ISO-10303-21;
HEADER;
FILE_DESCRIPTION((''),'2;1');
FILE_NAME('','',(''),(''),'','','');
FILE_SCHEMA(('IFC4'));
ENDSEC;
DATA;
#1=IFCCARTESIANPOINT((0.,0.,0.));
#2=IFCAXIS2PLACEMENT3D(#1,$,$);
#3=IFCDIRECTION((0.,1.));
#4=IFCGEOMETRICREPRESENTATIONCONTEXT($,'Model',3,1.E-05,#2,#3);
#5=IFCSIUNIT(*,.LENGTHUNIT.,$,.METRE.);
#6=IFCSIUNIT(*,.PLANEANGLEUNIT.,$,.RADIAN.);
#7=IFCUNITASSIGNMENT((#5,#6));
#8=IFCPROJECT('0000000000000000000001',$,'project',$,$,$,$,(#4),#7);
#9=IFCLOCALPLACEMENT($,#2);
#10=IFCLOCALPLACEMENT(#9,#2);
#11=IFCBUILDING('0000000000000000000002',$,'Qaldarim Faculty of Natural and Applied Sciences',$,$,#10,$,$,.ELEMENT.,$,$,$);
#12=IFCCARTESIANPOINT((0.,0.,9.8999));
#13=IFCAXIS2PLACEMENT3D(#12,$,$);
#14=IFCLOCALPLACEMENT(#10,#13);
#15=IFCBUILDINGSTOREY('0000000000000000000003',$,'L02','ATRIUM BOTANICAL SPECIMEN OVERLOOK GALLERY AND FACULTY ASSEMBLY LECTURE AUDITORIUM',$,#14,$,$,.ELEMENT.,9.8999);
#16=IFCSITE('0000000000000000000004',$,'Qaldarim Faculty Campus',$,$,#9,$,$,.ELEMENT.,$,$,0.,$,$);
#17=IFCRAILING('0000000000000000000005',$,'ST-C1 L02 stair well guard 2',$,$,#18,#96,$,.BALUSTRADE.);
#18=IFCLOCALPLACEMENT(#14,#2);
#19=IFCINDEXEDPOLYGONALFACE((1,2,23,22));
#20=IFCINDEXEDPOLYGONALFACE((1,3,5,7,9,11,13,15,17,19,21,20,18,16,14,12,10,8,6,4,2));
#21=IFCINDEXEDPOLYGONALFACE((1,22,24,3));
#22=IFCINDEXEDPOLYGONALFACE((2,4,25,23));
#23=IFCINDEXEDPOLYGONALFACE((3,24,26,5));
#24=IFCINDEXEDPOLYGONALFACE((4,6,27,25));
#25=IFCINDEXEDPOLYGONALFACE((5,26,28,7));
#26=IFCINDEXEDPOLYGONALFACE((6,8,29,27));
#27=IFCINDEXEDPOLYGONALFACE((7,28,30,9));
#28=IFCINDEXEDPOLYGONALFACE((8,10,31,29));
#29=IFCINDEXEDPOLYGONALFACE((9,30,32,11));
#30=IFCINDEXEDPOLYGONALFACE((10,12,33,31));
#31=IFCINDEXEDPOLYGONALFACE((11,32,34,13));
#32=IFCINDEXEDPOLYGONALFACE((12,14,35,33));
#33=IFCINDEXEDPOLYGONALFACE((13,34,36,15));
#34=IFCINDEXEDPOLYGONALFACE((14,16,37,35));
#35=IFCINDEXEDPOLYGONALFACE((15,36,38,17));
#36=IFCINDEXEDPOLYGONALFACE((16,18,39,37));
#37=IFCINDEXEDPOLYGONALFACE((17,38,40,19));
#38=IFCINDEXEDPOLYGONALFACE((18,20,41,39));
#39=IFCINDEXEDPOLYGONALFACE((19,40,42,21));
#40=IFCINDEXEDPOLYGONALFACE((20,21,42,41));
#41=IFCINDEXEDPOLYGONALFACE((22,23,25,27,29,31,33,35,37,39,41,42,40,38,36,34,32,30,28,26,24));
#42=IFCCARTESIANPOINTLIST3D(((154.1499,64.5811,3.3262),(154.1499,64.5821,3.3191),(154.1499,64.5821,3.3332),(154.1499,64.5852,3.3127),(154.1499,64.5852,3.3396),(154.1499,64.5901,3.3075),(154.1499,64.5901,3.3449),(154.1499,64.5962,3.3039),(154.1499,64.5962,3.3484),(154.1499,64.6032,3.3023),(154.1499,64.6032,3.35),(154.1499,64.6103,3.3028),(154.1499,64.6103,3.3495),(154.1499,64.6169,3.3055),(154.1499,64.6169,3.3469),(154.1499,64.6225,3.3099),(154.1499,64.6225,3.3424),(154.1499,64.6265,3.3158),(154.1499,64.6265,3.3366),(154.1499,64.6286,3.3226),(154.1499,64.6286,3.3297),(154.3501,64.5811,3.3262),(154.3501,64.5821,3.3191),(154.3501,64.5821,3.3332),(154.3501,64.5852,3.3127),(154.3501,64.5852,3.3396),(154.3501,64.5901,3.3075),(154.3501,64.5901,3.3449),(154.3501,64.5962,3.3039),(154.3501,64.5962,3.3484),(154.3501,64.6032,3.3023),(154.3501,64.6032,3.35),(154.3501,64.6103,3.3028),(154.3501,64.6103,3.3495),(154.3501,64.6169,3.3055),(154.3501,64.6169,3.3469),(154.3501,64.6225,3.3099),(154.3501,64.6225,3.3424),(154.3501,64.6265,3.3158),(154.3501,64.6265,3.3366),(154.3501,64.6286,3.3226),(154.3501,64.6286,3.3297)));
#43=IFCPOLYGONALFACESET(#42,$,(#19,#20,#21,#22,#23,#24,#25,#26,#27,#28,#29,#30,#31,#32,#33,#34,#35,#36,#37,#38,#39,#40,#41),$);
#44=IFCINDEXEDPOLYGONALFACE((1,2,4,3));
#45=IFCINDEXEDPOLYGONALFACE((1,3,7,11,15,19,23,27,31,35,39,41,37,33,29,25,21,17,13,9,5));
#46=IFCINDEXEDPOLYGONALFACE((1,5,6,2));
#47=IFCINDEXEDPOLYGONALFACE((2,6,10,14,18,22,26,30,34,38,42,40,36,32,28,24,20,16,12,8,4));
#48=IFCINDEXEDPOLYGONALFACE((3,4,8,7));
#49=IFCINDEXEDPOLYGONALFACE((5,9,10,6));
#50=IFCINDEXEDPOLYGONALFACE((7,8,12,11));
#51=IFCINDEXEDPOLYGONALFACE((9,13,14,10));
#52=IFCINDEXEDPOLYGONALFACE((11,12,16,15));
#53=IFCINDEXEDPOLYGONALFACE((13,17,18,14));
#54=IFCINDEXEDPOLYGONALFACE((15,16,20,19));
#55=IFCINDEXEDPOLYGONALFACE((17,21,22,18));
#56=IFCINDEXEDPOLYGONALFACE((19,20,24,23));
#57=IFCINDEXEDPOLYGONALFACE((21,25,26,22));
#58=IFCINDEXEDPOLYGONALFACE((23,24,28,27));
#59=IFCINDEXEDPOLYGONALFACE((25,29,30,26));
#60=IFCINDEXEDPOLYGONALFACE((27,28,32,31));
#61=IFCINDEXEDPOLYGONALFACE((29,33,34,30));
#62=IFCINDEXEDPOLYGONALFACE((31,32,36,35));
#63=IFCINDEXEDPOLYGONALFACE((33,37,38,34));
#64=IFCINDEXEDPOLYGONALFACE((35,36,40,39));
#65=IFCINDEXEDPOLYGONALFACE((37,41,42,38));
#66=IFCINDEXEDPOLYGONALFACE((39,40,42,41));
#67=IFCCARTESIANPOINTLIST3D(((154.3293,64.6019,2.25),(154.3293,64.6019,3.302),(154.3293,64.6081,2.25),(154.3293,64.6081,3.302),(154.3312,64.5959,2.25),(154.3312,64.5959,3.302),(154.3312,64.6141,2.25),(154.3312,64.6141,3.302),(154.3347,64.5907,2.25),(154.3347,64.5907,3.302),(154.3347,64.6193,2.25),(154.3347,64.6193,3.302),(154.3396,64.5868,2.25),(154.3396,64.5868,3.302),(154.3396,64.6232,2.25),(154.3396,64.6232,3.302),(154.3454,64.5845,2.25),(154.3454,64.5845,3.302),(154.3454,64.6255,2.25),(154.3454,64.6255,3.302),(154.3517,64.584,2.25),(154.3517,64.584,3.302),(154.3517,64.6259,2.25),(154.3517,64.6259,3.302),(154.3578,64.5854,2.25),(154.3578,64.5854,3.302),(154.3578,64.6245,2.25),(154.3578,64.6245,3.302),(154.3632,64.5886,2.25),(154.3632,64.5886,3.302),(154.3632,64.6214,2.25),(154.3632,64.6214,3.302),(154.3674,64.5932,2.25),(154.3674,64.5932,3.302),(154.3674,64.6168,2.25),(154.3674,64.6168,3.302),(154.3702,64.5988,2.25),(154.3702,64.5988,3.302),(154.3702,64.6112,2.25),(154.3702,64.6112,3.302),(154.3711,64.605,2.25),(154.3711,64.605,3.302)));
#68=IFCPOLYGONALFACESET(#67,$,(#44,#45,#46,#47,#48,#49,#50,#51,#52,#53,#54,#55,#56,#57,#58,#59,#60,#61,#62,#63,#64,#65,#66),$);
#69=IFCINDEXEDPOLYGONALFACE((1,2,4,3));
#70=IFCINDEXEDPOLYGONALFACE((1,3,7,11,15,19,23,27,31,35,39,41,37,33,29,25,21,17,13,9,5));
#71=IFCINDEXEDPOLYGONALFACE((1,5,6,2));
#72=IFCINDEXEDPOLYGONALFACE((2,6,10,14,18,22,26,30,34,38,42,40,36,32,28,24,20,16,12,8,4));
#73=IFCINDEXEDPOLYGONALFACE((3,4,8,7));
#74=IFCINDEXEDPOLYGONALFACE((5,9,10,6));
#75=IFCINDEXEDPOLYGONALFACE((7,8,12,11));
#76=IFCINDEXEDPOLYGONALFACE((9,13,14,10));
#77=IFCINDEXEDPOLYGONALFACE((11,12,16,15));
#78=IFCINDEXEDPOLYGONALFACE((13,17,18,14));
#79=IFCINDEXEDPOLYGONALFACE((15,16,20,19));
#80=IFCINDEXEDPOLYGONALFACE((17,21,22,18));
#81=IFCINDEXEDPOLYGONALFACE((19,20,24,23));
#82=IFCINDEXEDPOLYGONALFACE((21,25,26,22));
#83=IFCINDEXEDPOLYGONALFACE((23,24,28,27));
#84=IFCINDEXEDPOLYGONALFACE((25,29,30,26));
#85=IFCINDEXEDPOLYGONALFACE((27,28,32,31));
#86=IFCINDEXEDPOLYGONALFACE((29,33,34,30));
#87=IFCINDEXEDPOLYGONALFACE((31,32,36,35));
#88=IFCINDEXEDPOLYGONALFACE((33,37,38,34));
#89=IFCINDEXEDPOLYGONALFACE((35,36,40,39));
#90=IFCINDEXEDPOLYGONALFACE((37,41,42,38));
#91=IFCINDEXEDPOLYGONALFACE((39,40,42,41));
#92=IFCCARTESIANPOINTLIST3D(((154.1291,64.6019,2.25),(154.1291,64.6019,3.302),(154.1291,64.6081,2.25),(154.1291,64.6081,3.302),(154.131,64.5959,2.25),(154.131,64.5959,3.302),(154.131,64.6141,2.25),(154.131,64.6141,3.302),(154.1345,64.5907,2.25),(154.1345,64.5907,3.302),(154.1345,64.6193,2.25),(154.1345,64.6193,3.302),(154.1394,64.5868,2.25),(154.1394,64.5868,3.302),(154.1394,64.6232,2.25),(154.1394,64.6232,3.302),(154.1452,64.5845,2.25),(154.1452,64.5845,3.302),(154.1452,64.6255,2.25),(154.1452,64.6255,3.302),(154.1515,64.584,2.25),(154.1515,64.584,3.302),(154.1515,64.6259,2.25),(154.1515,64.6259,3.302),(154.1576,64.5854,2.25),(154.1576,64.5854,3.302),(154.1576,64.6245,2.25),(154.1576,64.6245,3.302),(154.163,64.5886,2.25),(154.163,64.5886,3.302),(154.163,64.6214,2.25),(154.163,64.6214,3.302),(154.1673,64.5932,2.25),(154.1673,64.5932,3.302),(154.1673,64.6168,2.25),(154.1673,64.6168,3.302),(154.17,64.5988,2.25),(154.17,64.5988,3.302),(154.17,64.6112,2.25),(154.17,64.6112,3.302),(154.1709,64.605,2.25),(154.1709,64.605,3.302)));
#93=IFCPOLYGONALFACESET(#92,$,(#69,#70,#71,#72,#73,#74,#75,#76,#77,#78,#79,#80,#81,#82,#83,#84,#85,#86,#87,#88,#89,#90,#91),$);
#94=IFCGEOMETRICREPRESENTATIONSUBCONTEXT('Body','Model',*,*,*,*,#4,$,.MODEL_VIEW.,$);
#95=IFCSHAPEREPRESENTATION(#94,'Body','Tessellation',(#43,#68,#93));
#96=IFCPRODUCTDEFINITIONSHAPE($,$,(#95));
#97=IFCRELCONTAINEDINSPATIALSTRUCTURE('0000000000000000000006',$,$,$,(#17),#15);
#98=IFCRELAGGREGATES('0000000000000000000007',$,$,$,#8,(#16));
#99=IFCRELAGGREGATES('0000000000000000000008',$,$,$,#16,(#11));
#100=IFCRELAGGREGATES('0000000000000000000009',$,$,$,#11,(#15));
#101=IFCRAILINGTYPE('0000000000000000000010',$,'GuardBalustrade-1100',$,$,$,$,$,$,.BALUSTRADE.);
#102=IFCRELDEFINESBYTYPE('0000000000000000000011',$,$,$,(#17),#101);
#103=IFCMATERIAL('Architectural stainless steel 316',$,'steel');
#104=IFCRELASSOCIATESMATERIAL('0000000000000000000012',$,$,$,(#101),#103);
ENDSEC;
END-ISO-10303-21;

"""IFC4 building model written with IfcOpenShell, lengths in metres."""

from ifc_helpers import new_model, si_unit, direction, frame, origin, origin_2d, place, context, subcontext, project, spatial, circle, extrude, material, type_object, element, save


model = new_model("IFC4")

# Units and contexts
model_context = context("Model", 3, precision=1e-05, world=origin(), true_north=direction((0.0, 1.0)))
body_context = subcontext(model_context, "Body", "Model", "MODEL_VIEW")
ifc_project = project(units=[si_unit("LENGTHUNIT", "METRE"), si_unit("PLANEANGLEUNIT", "RADIAN")], contexts=[model_context])

# Site, building, storey
site_placement = place(None, origin())
site = spatial("IfcSite", under=ifc_project, at=site_placement, Name="Qaldarim Faculty Campus", CompositionType="ELEMENT", RefElevation=0.0)
building_placement = place(site_placement, origin())
building = spatial("IfcBuilding", under=site, at=building_placement, Name="Qaldarim Faculty of Natural and Applied Sciences", CompositionType="ELEMENT")
storey_placement = place(building_placement, frame((0.0, 0.0, 9.8999)))
storey = spatial("IfcBuildingStorey", under=building, at=storey_placement, Name="L02", Description="ATRIUM BOTANICAL SPECIMEN OVERLOOK GALLERY AND FACULTY ASSEMBLY LECTURE AUDITORIUM", CompositionType="ELEMENT", Elevation=9.8999)

# Shared definitions
ifc_material_1 = material(Name="Architectural stainless steel 316", Category="steel")

# Railing
railing_type_1 = type_object("IfcRailingType", Name="GuardBalustrade-1100", PredefinedType="BALUSTRADE", material=ifc_material_1)
railing_1_placement = place(storey_placement, frame((154.3501, 64.605, 2.25)))
element("IfcRailing", 1, at=railing_1_placement, inside=storey, type_object=railing_type_1, Name="ST-C1 L02 stair well guard 2", PredefinedType="BALUSTRADE", context=body_context, shape_type="SweptSolid", body=[
    extrude(circle(Radius=0.0239, at=origin_2d()), frame((0.0, 0.0, 1.0762), z_axis=(-1.0, 0.0, 0.0), x_axis=(0.0, -1.0, 0.0)), (0.0, 0.0, 1.0), 0.2002),
    extrude(circle(Radius=0.021, at=origin_2d()), origin(), (0.0, 0.0, 1.0), 1.052),
    extrude(circle(Radius=0.021, at=origin_2d()), frame((-0.2002, 0.0, 0.0)), (0.0, 0.0, 1.0), 1.052),
])

save(model, "model.ifc")
